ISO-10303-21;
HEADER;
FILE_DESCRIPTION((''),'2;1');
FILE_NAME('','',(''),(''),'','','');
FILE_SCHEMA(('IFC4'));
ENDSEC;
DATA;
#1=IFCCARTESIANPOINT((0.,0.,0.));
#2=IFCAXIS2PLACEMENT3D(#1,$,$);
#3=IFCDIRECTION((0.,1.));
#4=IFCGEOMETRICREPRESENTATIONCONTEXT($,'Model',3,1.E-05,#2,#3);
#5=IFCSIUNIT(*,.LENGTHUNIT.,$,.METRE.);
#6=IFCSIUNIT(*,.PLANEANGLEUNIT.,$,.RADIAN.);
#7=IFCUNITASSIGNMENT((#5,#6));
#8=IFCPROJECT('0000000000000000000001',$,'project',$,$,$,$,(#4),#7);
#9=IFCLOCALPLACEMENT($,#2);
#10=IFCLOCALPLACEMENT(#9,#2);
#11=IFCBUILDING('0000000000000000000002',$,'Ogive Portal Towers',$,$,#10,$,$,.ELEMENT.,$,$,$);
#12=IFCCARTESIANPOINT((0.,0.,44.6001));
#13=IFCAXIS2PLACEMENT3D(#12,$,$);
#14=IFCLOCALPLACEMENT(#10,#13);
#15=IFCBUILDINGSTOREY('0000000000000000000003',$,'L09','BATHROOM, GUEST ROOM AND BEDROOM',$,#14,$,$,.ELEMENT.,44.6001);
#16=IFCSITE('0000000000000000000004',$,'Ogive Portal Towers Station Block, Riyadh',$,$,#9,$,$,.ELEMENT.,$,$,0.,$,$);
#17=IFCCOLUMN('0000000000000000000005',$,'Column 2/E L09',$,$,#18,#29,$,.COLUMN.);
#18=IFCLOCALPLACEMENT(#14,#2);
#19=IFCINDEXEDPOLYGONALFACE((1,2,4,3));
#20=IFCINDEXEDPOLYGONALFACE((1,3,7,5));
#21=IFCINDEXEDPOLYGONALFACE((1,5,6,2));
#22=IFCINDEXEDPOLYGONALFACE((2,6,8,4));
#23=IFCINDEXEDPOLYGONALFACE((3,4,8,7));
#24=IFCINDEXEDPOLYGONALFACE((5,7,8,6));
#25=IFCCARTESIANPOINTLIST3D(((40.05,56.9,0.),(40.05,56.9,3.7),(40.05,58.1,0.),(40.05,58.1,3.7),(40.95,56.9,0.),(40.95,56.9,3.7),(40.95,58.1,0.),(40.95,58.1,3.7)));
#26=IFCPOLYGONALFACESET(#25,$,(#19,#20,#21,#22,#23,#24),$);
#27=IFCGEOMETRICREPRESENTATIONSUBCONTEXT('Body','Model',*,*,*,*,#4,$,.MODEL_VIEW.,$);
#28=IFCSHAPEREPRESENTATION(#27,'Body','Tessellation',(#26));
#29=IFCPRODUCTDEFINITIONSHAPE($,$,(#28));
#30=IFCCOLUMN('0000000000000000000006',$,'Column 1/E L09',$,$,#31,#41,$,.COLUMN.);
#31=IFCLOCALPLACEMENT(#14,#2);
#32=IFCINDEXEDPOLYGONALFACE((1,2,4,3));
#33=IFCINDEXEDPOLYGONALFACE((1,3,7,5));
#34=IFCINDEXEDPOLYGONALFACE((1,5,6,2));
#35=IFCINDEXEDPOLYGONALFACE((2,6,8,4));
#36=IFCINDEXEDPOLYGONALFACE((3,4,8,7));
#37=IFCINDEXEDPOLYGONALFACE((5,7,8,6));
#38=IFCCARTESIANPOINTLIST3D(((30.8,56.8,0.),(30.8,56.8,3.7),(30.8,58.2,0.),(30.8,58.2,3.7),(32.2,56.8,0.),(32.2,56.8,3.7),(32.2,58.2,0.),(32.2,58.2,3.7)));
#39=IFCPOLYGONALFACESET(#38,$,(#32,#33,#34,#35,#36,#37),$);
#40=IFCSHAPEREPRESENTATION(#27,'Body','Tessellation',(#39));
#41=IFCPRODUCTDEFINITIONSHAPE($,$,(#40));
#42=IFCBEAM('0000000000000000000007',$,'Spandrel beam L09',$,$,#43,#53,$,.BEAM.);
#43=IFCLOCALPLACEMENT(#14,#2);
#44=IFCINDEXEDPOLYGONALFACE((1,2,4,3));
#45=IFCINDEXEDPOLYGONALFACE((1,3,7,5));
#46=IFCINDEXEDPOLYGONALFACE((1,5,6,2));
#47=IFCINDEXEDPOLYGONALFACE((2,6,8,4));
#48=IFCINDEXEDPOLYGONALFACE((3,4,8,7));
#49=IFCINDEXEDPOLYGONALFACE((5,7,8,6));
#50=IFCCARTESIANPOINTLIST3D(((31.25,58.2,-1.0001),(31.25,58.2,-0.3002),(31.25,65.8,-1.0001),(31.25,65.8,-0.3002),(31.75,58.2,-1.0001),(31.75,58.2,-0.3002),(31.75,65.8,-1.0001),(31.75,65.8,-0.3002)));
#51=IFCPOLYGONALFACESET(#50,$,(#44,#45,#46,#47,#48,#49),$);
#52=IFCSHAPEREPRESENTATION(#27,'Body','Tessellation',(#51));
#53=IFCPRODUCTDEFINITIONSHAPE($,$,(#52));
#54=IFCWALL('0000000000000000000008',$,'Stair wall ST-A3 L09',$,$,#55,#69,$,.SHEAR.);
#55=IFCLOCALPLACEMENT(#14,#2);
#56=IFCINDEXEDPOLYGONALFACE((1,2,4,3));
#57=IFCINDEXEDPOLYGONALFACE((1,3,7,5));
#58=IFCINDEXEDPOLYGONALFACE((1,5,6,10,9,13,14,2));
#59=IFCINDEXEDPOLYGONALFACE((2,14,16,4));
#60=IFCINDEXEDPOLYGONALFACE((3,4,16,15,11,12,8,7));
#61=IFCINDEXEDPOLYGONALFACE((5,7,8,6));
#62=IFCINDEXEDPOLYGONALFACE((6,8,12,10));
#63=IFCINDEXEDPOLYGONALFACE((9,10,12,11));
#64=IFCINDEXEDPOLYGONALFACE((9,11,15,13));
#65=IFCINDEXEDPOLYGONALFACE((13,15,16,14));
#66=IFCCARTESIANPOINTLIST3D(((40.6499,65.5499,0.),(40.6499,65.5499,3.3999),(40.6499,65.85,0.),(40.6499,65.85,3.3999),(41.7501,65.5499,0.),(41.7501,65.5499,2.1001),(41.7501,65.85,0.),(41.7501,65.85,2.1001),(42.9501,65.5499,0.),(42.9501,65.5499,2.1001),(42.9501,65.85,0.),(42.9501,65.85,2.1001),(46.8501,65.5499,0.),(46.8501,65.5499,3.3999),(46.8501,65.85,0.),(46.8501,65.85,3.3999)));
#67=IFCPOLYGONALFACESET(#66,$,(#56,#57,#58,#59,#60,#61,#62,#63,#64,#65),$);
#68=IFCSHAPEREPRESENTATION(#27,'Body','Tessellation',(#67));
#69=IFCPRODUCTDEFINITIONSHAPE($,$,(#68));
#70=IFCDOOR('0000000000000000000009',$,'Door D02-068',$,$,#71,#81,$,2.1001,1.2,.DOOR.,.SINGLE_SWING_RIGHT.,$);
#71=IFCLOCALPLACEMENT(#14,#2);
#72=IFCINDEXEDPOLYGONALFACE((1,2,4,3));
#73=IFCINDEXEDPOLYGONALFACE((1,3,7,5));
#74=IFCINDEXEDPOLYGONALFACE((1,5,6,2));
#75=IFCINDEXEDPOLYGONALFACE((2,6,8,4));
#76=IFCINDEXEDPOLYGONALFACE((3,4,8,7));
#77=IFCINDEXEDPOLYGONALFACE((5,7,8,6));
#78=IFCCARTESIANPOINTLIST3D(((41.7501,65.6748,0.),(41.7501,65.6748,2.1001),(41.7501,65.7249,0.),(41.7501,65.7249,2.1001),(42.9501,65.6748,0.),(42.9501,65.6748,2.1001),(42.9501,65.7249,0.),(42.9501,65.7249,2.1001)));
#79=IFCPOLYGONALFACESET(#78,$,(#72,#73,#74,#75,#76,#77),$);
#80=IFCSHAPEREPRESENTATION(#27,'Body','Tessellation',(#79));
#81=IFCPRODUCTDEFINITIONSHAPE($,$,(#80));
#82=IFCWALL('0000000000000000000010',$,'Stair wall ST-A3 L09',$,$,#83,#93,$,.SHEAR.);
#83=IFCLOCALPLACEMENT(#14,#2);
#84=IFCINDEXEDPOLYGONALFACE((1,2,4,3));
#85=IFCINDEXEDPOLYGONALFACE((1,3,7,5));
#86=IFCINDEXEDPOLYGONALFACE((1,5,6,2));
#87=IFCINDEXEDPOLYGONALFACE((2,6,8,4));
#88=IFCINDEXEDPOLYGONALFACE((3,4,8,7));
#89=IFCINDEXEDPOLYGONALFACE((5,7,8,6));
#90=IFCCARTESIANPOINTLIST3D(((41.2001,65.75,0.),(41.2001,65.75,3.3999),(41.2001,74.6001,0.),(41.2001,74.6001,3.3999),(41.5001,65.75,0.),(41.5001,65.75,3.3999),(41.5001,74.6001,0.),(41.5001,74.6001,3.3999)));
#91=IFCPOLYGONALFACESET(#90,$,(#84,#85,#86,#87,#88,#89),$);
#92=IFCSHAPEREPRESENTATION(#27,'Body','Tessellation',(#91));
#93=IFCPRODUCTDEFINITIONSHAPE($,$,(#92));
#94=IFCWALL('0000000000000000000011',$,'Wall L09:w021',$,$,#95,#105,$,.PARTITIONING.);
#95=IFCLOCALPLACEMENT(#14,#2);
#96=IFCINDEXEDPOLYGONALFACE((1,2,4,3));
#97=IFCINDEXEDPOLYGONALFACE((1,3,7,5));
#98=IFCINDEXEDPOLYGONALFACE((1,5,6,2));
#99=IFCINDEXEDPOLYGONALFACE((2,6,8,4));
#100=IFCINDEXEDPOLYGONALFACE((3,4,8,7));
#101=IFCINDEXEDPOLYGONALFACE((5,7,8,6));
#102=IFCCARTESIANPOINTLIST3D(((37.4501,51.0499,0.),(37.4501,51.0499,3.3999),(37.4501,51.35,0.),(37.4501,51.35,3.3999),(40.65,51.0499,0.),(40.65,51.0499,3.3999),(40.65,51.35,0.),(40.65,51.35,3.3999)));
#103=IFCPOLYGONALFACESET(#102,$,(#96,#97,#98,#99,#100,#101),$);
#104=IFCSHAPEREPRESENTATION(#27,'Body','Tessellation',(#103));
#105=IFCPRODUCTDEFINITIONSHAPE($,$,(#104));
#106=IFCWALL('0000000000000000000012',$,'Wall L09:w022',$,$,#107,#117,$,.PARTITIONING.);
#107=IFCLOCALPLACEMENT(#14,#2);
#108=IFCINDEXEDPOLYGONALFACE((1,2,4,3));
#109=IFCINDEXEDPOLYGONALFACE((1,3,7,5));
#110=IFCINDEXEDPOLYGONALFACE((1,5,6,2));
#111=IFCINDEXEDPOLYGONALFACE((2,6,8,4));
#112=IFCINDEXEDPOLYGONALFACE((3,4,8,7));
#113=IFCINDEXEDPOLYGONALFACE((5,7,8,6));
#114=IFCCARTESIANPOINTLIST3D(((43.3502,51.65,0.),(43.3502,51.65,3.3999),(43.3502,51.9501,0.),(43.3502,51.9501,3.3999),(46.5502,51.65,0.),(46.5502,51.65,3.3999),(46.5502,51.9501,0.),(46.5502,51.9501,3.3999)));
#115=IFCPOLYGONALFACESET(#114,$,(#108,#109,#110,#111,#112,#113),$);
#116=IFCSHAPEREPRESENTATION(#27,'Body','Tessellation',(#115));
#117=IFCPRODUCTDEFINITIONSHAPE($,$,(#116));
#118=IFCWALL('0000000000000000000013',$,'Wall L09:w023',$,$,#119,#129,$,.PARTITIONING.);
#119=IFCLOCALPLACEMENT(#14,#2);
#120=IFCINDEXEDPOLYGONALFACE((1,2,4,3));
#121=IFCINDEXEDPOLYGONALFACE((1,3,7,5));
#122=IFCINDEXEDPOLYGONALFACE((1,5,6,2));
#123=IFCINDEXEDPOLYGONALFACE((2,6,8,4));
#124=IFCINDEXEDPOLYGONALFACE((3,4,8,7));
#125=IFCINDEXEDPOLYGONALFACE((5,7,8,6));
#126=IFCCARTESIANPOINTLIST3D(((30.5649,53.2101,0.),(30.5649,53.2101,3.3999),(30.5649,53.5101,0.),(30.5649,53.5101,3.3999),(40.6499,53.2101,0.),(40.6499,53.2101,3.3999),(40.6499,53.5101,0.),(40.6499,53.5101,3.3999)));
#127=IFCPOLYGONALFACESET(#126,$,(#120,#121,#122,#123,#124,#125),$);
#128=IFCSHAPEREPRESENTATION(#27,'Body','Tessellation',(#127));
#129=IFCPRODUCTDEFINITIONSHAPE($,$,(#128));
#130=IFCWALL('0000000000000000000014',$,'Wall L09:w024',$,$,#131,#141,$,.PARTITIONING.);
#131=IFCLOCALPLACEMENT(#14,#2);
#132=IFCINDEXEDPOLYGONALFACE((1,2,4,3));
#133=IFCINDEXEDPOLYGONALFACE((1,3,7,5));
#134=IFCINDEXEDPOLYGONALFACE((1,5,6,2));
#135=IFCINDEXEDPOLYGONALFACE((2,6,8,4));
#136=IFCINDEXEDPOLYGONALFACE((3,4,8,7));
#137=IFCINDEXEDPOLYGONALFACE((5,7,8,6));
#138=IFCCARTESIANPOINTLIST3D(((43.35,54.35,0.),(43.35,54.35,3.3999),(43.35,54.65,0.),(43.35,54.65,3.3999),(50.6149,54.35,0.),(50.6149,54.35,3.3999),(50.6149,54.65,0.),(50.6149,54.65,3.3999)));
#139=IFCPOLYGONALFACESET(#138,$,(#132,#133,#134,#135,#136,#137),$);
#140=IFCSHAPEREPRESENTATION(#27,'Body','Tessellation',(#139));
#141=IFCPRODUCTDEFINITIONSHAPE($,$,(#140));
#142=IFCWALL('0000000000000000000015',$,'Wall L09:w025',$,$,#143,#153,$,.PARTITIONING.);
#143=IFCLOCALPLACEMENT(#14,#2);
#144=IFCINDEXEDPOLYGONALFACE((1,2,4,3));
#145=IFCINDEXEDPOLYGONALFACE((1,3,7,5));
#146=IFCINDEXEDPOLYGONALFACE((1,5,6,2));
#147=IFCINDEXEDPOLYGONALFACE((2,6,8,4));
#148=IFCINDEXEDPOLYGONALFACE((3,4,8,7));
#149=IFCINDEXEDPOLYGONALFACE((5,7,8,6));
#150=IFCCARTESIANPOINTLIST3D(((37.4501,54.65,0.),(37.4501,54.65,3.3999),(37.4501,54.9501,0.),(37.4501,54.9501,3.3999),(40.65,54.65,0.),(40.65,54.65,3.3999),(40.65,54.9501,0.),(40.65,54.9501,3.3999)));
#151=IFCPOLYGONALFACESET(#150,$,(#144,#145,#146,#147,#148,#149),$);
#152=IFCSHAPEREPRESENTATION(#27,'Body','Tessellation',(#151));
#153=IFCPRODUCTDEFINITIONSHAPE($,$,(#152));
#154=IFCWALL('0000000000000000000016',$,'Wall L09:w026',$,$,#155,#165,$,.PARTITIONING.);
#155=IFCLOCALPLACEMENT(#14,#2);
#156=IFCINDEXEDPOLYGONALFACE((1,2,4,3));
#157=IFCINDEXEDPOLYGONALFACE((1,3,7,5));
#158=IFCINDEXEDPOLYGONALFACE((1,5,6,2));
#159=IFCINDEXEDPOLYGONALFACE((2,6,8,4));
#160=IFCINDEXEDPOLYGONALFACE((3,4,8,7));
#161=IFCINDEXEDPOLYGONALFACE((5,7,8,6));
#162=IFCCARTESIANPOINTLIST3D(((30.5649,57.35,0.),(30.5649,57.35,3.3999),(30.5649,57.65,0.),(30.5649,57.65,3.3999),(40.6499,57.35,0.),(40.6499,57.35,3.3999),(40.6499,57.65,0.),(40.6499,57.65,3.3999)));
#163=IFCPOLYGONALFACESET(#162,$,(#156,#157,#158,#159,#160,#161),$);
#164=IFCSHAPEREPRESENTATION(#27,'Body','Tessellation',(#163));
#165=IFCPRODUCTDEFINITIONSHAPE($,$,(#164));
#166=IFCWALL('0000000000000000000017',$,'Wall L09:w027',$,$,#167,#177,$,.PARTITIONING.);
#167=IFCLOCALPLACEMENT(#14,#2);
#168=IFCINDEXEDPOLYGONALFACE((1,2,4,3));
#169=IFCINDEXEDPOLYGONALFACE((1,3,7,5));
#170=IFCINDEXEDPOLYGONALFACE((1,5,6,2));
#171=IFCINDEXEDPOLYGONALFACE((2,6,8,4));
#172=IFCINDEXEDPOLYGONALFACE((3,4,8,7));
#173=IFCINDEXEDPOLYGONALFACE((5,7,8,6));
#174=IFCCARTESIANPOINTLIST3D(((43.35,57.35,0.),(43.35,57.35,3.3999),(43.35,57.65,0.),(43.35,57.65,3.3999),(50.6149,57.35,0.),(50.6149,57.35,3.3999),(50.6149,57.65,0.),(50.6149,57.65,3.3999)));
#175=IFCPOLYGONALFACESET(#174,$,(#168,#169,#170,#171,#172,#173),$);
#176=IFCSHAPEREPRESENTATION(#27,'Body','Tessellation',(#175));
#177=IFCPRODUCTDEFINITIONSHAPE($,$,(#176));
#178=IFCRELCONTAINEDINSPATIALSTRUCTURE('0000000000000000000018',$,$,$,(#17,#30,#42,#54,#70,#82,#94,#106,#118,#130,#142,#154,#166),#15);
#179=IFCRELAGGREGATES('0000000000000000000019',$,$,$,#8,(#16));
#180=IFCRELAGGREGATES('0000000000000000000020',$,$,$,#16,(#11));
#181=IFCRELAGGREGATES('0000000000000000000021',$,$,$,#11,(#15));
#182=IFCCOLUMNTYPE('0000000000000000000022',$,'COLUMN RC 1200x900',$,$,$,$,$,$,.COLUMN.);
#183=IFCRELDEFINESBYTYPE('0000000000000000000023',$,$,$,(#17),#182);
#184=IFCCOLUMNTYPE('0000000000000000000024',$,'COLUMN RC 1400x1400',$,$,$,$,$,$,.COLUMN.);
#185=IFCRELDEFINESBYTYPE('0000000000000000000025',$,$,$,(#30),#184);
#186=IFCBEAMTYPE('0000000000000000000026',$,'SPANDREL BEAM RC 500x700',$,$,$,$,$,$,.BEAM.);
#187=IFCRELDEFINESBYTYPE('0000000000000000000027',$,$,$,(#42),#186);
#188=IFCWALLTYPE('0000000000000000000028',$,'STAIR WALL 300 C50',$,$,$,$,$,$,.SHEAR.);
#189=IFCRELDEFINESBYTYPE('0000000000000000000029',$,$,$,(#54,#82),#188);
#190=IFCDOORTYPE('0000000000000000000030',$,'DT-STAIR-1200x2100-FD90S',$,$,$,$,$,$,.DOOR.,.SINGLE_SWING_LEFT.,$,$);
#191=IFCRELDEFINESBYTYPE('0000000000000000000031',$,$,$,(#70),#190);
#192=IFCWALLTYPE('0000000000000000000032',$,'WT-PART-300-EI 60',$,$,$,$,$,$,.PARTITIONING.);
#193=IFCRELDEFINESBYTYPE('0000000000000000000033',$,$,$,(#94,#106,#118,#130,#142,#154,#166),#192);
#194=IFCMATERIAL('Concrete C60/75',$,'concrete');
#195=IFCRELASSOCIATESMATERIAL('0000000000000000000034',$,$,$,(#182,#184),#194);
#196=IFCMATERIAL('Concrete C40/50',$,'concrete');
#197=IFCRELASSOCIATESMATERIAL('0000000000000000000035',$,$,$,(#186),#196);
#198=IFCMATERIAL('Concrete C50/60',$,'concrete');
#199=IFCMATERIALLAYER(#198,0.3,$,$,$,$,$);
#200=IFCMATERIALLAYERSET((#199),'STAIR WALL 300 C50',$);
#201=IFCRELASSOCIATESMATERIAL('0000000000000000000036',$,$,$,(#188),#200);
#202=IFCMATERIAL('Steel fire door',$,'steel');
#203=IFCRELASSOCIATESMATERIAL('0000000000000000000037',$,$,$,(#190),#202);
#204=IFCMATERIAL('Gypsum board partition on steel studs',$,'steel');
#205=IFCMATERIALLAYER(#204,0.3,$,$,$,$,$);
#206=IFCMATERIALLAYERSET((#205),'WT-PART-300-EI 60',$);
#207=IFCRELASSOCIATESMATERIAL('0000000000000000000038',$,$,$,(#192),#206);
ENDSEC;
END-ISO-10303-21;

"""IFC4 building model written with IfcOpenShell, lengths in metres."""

from ifc_helpers import new_model, si_unit, direction, frame, frame_2d, origin, origin_2d, place, context, subcontext, project, spatial, rectangle, extrude, material, layer, layer_set, material_profile, profile_set, type_object, element, fill, save


model = new_model("IFC4")

# Units and contexts
model_context = context("Model", 3, precision=1e-05, world=origin(), true_north=direction((0.0, 1.0)))
body_context = subcontext(model_context, "Body", "Model", "MODEL_VIEW")
ifc_project = project(units=[si_unit("LENGTHUNIT", "METRE"), si_unit("PLANEANGLEUNIT", "RADIAN")], contexts=[model_context])

# Site, building, storey
site_placement = place(None, origin())
site = spatial("IfcSite", under=ifc_project, at=site_placement, Name="Ogive Portal Towers Station Block, Riyadh", CompositionType="ELEMENT", RefElevation=0.0)
building_placement = place(site_placement, origin())
building = spatial("IfcBuilding", under=site, at=building_placement, Name="Ogive Portal Towers", CompositionType="ELEMENT")
storey_placement = place(building_placement, frame((0.0, 0.0, 44.6001)))
storey = spatial("IfcBuildingStorey", under=building, at=storey_placement, Name="L09", Description="BATHROOM, GUEST ROOM AND BEDROOM", CompositionType="ELEMENT", Elevation=44.6001)

# Columns
ifc_material_1 = material(Name="Concrete C60/75", Category="concrete")
ifc_material_profile_1 = material_profile(ifc_material_1, rectangle(XDim=1.2, YDim=0.8999, at=origin_2d()), Name="RC 1200x900")
ifc_profile_set_1 = profile_set([ifc_material_profile_1], Name="Concrete C60/75")
column_type_1 = type_object("IfcColumnType", Name="COLUMN RC 1200x900", PredefinedType="COLUMN", material=ifc_profile_set_1)
column_1_placement = place(storey_placement, frame((40.5, 57.5, 0.0), z_axis=(0.0, 0.0, 1.0), x_axis=(0.0, 1.0, 0.0)))
element("IfcColumn", 1, at=column_1_placement, inside=storey, type_object=column_type_1, Name="Column 2/E L09", PredefinedType="COLUMN", context=body_context, shape_type="SweptSolid", body=[
    extrude(rectangle(XDim=1.2, YDim=0.8999, at=origin_2d()), origin(), (0.0, 0.0, 1.0), 3.7),
])
ifc_material_profile_2 = material_profile(ifc_material_1, rectangle(XDim=1.3999, YDim=1.3999, at=origin_2d()), Name="RC 1400x1400")
ifc_profile_set_2 = profile_set([ifc_material_profile_2], Name="Concrete C60/75")
column_type_2 = type_object("IfcColumnType", Name="COLUMN RC 1400x1400", PredefinedType="COLUMN", material=ifc_profile_set_2)
column_2_placement = place(storey_placement, frame((31.5, 57.5, 0.0), z_axis=(0.0, 0.0, 1.0), x_axis=(1.0, 0.0, 0.0)))
element("IfcColumn", 2, at=column_2_placement, inside=storey, type_object=column_type_2, Name="Column 1/E L09", PredefinedType="COLUMN", context=body_context, shape_type="SweptSolid", body=[
    extrude(rectangle(XDim=1.3999, YDim=1.3999, at=origin_2d()), origin(), (0.0, 0.0, 1.0), 3.7),
])

# Beam
ifc_material_2 = material(Name="Concrete C40/50", Category="concrete")
ifc_material_profile_3 = material_profile(ifc_material_2, rectangle(XDim=0.5, YDim=0.7, at=origin_2d()), Name="RC 500x700")
ifc_profile_set_3 = profile_set([ifc_material_profile_3], Name="Concrete C40/50")
beam_type = type_object("IfcBeamType", Name="SPANDREL BEAM RC 500x700", PredefinedType="BEAM", material=ifc_profile_set_3)
beam_placement = place(storey_placement, frame((31.5, 58.2, -0.6501), z_axis=(0.0, 1.0, 0.0), x_axis=(-1.0, 0.0, 0.0)))
element("IfcBeam", 3, at=beam_placement, inside=storey, type_object=beam_type, Name="Spandrel beam L09", PredefinedType="BEAM", context=body_context, shape_type="SweptSolid", body=[
    extrude(rectangle(XDim=0.5, YDim=0.7, at=origin_2d()), origin(), (0.0, 0.0, 1.0), 7.6001),
])

# Wall, opening, door
ifc_material_3 = material(Name="Concrete C50/60", Category="concrete")
ifc_layer_1 = layer(ifc_material_3, 0.3)
ifc_layer_set_1 = layer_set([ifc_layer_1], Name="STAIR WALL 300 C50")
wall_type_1 = type_object("IfcWallType", Name="STAIR WALL 300 C50", PredefinedType="SHEAR", material=ifc_layer_set_1)
wall_1_placement = place(storey_placement, frame((40.6499, 65.7, 0.0), z_axis=(0.0, 0.0, 1.0), x_axis=(1.0, 0.0, 0.0)))
wall_1 = element("IfcWall", 4, at=wall_1_placement, inside=storey, type_object=wall_type_1, Name="Stair wall ST-A3 L09", PredefinedType="SHEAR", context=body_context, shape_type="SweptSolid", body=[
    extrude(rectangle(XDim=6.2002, YDim=0.3, at=frame_2d((3.1001, 0.0))), origin(), (0.0, 0.0, 1.0), 3.3999),
])
opening_1_placement = place(wall_1_placement, frame((1.1001, 0.0, 0.0)))
opening_1 = element("IfcOpeningElement", 5, at=opening_1_placement, cuts=wall_1, PredefinedType="OPENING", context=body_context, shape_type="SweptSolid", body=[
    extrude(rectangle(XDim=1.2, YDim=2.1001, at=frame_2d((0.6001, 1.05))), frame((0.0, 0.1602, 0.0), z_axis=(0.0, -1.0, 0.0), x_axis=(1.0, 0.0, 0.0)), (0.0, 0.0, 1.0), 0.3201),
])
ifc_material_4 = material(Name="Steel fire door", Category="steel")
door_type_1 = type_object("IfcDoorType", Name="DT-STAIR-1200x2100-FD90S", OperationType="SINGLE_SWING_LEFT", PredefinedType="DOOR", material=ifc_material_4)
door_1_placement = place(opening_1_placement, origin())
door_1 = element("IfcDoor", 6, at=door_1_placement, inside=storey, type_object=door_type_1, Name="Door D02-068", OperationType="SINGLE_SWING_RIGHT", OverallHeight=2.1001, OverallWidth=1.2, PredefinedType="DOOR", context=body_context, shape_type="SweptSolid", body=[
    extrude(rectangle(XDim=1.2, YDim=2.1001, at=frame_2d((0.6001, 1.05))), frame((0.0, 0.0249, 0.0), z_axis=(0.0, -1.0, 0.0), x_axis=(1.0, 0.0, 0.0)), (0.0, 0.0, 1.0), 0.05),
])
fill(opening_1, door_1)

# Walls
wall_2_placement = place(storey_placement, frame((41.3501, 65.75, 0.0), z_axis=(0.0, 0.0, 1.0), x_axis=(0.0, 1.0, 0.0)))
element("IfcWall", 7, at=wall_2_placement, inside=storey, type_object=wall_type_1, Name="Stair wall ST-A3 L09", PredefinedType="SHEAR", context=body_context, shape_type="SweptSolid", body=[
    extrude(rectangle(XDim=8.8501, YDim=0.3, at=frame_2d((4.425, 0.0))), origin(), (0.0, 0.0, 1.0), 3.3999),
])
ifc_material_5 = material(Name="Gypsum board partition on steel studs", Category="steel")
ifc_layer_2 = layer(ifc_material_5, 0.3)
ifc_layer_set_2 = layer_set([ifc_layer_2], Name="WT-PART-300-EI 60")
wall_type_2 = type_object("IfcWallType", Name="WT-PART-300-EI 60", PredefinedType="PARTITIONING", material=ifc_layer_set_2)
for number, where, z_axis, x_axis, name in (
    (8, (37.45, 51.2, 0.0), (0.0, 0.0, 1.0), (1.0, 0.0, 0.0), "Wall L09:w021"),
    (9, (43.3501, 51.8, 0.0), (0.0, 0.0, 1.0), (1.0, 0.0, 0.0), "Wall L09:w022"),
):
    element("IfcWall", number, at=place(storey_placement, frame(where, z_axis=z_axis, x_axis=x_axis)), inside=storey, type_object=wall_type_2, Name=name, PredefinedType="PARTITIONING", context=body_context, shape_type="SweptSolid", body=[
        extrude(rectangle(XDim=3.2, YDim=0.3, at=frame_2d((1.6001, 0.0))), origin(), (0.0, 0.0, 1.0), 3.3999),
    ])
wall_3_placement = place(storey_placement, frame((30.5649, 53.3601, 0.0), z_axis=(0.0, 0.0, 1.0), x_axis=(1.0, 0.0, 0.0)))
element("IfcWall", 10, at=wall_3_placement, inside=storey, type_object=wall_type_2, Name="Wall L09:w023", PredefinedType="PARTITIONING", context=body_context, shape_type="SweptSolid", body=[
    extrude(rectangle(XDim=10.085, YDim=0.3, at=frame_2d((5.0425, 0.0))), origin(), (0.0, 0.0, 1.0), 3.3999),
])
wall_4_placement = place(storey_placement, frame((43.3501, 54.5, 0.0), z_axis=(0.0, 0.0, 1.0), x_axis=(1.0, 0.0, 0.0)))
element("IfcWall", 11, at=wall_4_placement, inside=storey, type_object=wall_type_2, Name="Wall L09:w024", PredefinedType="PARTITIONING", context=body_context, shape_type="SweptSolid", body=[
    extrude(rectangle(XDim=7.2649, YDim=0.3, at=frame_2d((3.6323, 0.0))), origin(), (0.0, 0.0, 1.0), 3.3999),
])
wall_5_placement = place(storey_placement, frame((37.45, 54.8, 0.0), z_axis=(0.0, 0.0, 1.0), x_axis=(1.0, 0.0, 0.0)))
element("IfcWall", 12, at=wall_5_placement, inside=storey, type_object=wall_type_2, Name="Wall L09:w025", PredefinedType="PARTITIONING", context=body_context, shape_type="SweptSolid", body=[
    extrude(rectangle(XDim=3.2, YDim=0.3, at=frame_2d((1.6001, 0.0))), origin(), (0.0, 0.0, 1.0), 3.3999),
])
wall_6_placement = place(storey_placement, frame((30.5649, 57.5, 0.0), z_axis=(0.0, 0.0, 1.0), x_axis=(1.0, 0.0, 0.0)))
element("IfcWall", 13, at=wall_6_placement, inside=storey, type_object=wall_type_2, Name="Wall L09:w026", PredefinedType="PARTITIONING", context=body_context, shape_type="SweptSolid", body=[
    extrude(rectangle(XDim=10.085, YDim=0.3, at=frame_2d((5.0425, 0.0))), origin(), (0.0, 0.0, 1.0), 3.3999),
])
wall_7_placement = place(storey_placement, frame((43.3501, 57.5, 0.0), z_axis=(0.0, 0.0, 1.0), x_axis=(1.0, 0.0, 0.0)))
element("IfcWall", 14, at=wall_7_placement, inside=storey, type_object=wall_type_2, Name="Wall L09:w027", PredefinedType="PARTITIONING", context=body_context, shape_type="SweptSolid", body=[
    extrude(rectangle(XDim=7.2649, YDim=0.3, at=frame_2d((3.6323, 0.0))), origin(), (0.0, 0.0, 1.0), 3.3999),
])

save(model, "model.ifc")
